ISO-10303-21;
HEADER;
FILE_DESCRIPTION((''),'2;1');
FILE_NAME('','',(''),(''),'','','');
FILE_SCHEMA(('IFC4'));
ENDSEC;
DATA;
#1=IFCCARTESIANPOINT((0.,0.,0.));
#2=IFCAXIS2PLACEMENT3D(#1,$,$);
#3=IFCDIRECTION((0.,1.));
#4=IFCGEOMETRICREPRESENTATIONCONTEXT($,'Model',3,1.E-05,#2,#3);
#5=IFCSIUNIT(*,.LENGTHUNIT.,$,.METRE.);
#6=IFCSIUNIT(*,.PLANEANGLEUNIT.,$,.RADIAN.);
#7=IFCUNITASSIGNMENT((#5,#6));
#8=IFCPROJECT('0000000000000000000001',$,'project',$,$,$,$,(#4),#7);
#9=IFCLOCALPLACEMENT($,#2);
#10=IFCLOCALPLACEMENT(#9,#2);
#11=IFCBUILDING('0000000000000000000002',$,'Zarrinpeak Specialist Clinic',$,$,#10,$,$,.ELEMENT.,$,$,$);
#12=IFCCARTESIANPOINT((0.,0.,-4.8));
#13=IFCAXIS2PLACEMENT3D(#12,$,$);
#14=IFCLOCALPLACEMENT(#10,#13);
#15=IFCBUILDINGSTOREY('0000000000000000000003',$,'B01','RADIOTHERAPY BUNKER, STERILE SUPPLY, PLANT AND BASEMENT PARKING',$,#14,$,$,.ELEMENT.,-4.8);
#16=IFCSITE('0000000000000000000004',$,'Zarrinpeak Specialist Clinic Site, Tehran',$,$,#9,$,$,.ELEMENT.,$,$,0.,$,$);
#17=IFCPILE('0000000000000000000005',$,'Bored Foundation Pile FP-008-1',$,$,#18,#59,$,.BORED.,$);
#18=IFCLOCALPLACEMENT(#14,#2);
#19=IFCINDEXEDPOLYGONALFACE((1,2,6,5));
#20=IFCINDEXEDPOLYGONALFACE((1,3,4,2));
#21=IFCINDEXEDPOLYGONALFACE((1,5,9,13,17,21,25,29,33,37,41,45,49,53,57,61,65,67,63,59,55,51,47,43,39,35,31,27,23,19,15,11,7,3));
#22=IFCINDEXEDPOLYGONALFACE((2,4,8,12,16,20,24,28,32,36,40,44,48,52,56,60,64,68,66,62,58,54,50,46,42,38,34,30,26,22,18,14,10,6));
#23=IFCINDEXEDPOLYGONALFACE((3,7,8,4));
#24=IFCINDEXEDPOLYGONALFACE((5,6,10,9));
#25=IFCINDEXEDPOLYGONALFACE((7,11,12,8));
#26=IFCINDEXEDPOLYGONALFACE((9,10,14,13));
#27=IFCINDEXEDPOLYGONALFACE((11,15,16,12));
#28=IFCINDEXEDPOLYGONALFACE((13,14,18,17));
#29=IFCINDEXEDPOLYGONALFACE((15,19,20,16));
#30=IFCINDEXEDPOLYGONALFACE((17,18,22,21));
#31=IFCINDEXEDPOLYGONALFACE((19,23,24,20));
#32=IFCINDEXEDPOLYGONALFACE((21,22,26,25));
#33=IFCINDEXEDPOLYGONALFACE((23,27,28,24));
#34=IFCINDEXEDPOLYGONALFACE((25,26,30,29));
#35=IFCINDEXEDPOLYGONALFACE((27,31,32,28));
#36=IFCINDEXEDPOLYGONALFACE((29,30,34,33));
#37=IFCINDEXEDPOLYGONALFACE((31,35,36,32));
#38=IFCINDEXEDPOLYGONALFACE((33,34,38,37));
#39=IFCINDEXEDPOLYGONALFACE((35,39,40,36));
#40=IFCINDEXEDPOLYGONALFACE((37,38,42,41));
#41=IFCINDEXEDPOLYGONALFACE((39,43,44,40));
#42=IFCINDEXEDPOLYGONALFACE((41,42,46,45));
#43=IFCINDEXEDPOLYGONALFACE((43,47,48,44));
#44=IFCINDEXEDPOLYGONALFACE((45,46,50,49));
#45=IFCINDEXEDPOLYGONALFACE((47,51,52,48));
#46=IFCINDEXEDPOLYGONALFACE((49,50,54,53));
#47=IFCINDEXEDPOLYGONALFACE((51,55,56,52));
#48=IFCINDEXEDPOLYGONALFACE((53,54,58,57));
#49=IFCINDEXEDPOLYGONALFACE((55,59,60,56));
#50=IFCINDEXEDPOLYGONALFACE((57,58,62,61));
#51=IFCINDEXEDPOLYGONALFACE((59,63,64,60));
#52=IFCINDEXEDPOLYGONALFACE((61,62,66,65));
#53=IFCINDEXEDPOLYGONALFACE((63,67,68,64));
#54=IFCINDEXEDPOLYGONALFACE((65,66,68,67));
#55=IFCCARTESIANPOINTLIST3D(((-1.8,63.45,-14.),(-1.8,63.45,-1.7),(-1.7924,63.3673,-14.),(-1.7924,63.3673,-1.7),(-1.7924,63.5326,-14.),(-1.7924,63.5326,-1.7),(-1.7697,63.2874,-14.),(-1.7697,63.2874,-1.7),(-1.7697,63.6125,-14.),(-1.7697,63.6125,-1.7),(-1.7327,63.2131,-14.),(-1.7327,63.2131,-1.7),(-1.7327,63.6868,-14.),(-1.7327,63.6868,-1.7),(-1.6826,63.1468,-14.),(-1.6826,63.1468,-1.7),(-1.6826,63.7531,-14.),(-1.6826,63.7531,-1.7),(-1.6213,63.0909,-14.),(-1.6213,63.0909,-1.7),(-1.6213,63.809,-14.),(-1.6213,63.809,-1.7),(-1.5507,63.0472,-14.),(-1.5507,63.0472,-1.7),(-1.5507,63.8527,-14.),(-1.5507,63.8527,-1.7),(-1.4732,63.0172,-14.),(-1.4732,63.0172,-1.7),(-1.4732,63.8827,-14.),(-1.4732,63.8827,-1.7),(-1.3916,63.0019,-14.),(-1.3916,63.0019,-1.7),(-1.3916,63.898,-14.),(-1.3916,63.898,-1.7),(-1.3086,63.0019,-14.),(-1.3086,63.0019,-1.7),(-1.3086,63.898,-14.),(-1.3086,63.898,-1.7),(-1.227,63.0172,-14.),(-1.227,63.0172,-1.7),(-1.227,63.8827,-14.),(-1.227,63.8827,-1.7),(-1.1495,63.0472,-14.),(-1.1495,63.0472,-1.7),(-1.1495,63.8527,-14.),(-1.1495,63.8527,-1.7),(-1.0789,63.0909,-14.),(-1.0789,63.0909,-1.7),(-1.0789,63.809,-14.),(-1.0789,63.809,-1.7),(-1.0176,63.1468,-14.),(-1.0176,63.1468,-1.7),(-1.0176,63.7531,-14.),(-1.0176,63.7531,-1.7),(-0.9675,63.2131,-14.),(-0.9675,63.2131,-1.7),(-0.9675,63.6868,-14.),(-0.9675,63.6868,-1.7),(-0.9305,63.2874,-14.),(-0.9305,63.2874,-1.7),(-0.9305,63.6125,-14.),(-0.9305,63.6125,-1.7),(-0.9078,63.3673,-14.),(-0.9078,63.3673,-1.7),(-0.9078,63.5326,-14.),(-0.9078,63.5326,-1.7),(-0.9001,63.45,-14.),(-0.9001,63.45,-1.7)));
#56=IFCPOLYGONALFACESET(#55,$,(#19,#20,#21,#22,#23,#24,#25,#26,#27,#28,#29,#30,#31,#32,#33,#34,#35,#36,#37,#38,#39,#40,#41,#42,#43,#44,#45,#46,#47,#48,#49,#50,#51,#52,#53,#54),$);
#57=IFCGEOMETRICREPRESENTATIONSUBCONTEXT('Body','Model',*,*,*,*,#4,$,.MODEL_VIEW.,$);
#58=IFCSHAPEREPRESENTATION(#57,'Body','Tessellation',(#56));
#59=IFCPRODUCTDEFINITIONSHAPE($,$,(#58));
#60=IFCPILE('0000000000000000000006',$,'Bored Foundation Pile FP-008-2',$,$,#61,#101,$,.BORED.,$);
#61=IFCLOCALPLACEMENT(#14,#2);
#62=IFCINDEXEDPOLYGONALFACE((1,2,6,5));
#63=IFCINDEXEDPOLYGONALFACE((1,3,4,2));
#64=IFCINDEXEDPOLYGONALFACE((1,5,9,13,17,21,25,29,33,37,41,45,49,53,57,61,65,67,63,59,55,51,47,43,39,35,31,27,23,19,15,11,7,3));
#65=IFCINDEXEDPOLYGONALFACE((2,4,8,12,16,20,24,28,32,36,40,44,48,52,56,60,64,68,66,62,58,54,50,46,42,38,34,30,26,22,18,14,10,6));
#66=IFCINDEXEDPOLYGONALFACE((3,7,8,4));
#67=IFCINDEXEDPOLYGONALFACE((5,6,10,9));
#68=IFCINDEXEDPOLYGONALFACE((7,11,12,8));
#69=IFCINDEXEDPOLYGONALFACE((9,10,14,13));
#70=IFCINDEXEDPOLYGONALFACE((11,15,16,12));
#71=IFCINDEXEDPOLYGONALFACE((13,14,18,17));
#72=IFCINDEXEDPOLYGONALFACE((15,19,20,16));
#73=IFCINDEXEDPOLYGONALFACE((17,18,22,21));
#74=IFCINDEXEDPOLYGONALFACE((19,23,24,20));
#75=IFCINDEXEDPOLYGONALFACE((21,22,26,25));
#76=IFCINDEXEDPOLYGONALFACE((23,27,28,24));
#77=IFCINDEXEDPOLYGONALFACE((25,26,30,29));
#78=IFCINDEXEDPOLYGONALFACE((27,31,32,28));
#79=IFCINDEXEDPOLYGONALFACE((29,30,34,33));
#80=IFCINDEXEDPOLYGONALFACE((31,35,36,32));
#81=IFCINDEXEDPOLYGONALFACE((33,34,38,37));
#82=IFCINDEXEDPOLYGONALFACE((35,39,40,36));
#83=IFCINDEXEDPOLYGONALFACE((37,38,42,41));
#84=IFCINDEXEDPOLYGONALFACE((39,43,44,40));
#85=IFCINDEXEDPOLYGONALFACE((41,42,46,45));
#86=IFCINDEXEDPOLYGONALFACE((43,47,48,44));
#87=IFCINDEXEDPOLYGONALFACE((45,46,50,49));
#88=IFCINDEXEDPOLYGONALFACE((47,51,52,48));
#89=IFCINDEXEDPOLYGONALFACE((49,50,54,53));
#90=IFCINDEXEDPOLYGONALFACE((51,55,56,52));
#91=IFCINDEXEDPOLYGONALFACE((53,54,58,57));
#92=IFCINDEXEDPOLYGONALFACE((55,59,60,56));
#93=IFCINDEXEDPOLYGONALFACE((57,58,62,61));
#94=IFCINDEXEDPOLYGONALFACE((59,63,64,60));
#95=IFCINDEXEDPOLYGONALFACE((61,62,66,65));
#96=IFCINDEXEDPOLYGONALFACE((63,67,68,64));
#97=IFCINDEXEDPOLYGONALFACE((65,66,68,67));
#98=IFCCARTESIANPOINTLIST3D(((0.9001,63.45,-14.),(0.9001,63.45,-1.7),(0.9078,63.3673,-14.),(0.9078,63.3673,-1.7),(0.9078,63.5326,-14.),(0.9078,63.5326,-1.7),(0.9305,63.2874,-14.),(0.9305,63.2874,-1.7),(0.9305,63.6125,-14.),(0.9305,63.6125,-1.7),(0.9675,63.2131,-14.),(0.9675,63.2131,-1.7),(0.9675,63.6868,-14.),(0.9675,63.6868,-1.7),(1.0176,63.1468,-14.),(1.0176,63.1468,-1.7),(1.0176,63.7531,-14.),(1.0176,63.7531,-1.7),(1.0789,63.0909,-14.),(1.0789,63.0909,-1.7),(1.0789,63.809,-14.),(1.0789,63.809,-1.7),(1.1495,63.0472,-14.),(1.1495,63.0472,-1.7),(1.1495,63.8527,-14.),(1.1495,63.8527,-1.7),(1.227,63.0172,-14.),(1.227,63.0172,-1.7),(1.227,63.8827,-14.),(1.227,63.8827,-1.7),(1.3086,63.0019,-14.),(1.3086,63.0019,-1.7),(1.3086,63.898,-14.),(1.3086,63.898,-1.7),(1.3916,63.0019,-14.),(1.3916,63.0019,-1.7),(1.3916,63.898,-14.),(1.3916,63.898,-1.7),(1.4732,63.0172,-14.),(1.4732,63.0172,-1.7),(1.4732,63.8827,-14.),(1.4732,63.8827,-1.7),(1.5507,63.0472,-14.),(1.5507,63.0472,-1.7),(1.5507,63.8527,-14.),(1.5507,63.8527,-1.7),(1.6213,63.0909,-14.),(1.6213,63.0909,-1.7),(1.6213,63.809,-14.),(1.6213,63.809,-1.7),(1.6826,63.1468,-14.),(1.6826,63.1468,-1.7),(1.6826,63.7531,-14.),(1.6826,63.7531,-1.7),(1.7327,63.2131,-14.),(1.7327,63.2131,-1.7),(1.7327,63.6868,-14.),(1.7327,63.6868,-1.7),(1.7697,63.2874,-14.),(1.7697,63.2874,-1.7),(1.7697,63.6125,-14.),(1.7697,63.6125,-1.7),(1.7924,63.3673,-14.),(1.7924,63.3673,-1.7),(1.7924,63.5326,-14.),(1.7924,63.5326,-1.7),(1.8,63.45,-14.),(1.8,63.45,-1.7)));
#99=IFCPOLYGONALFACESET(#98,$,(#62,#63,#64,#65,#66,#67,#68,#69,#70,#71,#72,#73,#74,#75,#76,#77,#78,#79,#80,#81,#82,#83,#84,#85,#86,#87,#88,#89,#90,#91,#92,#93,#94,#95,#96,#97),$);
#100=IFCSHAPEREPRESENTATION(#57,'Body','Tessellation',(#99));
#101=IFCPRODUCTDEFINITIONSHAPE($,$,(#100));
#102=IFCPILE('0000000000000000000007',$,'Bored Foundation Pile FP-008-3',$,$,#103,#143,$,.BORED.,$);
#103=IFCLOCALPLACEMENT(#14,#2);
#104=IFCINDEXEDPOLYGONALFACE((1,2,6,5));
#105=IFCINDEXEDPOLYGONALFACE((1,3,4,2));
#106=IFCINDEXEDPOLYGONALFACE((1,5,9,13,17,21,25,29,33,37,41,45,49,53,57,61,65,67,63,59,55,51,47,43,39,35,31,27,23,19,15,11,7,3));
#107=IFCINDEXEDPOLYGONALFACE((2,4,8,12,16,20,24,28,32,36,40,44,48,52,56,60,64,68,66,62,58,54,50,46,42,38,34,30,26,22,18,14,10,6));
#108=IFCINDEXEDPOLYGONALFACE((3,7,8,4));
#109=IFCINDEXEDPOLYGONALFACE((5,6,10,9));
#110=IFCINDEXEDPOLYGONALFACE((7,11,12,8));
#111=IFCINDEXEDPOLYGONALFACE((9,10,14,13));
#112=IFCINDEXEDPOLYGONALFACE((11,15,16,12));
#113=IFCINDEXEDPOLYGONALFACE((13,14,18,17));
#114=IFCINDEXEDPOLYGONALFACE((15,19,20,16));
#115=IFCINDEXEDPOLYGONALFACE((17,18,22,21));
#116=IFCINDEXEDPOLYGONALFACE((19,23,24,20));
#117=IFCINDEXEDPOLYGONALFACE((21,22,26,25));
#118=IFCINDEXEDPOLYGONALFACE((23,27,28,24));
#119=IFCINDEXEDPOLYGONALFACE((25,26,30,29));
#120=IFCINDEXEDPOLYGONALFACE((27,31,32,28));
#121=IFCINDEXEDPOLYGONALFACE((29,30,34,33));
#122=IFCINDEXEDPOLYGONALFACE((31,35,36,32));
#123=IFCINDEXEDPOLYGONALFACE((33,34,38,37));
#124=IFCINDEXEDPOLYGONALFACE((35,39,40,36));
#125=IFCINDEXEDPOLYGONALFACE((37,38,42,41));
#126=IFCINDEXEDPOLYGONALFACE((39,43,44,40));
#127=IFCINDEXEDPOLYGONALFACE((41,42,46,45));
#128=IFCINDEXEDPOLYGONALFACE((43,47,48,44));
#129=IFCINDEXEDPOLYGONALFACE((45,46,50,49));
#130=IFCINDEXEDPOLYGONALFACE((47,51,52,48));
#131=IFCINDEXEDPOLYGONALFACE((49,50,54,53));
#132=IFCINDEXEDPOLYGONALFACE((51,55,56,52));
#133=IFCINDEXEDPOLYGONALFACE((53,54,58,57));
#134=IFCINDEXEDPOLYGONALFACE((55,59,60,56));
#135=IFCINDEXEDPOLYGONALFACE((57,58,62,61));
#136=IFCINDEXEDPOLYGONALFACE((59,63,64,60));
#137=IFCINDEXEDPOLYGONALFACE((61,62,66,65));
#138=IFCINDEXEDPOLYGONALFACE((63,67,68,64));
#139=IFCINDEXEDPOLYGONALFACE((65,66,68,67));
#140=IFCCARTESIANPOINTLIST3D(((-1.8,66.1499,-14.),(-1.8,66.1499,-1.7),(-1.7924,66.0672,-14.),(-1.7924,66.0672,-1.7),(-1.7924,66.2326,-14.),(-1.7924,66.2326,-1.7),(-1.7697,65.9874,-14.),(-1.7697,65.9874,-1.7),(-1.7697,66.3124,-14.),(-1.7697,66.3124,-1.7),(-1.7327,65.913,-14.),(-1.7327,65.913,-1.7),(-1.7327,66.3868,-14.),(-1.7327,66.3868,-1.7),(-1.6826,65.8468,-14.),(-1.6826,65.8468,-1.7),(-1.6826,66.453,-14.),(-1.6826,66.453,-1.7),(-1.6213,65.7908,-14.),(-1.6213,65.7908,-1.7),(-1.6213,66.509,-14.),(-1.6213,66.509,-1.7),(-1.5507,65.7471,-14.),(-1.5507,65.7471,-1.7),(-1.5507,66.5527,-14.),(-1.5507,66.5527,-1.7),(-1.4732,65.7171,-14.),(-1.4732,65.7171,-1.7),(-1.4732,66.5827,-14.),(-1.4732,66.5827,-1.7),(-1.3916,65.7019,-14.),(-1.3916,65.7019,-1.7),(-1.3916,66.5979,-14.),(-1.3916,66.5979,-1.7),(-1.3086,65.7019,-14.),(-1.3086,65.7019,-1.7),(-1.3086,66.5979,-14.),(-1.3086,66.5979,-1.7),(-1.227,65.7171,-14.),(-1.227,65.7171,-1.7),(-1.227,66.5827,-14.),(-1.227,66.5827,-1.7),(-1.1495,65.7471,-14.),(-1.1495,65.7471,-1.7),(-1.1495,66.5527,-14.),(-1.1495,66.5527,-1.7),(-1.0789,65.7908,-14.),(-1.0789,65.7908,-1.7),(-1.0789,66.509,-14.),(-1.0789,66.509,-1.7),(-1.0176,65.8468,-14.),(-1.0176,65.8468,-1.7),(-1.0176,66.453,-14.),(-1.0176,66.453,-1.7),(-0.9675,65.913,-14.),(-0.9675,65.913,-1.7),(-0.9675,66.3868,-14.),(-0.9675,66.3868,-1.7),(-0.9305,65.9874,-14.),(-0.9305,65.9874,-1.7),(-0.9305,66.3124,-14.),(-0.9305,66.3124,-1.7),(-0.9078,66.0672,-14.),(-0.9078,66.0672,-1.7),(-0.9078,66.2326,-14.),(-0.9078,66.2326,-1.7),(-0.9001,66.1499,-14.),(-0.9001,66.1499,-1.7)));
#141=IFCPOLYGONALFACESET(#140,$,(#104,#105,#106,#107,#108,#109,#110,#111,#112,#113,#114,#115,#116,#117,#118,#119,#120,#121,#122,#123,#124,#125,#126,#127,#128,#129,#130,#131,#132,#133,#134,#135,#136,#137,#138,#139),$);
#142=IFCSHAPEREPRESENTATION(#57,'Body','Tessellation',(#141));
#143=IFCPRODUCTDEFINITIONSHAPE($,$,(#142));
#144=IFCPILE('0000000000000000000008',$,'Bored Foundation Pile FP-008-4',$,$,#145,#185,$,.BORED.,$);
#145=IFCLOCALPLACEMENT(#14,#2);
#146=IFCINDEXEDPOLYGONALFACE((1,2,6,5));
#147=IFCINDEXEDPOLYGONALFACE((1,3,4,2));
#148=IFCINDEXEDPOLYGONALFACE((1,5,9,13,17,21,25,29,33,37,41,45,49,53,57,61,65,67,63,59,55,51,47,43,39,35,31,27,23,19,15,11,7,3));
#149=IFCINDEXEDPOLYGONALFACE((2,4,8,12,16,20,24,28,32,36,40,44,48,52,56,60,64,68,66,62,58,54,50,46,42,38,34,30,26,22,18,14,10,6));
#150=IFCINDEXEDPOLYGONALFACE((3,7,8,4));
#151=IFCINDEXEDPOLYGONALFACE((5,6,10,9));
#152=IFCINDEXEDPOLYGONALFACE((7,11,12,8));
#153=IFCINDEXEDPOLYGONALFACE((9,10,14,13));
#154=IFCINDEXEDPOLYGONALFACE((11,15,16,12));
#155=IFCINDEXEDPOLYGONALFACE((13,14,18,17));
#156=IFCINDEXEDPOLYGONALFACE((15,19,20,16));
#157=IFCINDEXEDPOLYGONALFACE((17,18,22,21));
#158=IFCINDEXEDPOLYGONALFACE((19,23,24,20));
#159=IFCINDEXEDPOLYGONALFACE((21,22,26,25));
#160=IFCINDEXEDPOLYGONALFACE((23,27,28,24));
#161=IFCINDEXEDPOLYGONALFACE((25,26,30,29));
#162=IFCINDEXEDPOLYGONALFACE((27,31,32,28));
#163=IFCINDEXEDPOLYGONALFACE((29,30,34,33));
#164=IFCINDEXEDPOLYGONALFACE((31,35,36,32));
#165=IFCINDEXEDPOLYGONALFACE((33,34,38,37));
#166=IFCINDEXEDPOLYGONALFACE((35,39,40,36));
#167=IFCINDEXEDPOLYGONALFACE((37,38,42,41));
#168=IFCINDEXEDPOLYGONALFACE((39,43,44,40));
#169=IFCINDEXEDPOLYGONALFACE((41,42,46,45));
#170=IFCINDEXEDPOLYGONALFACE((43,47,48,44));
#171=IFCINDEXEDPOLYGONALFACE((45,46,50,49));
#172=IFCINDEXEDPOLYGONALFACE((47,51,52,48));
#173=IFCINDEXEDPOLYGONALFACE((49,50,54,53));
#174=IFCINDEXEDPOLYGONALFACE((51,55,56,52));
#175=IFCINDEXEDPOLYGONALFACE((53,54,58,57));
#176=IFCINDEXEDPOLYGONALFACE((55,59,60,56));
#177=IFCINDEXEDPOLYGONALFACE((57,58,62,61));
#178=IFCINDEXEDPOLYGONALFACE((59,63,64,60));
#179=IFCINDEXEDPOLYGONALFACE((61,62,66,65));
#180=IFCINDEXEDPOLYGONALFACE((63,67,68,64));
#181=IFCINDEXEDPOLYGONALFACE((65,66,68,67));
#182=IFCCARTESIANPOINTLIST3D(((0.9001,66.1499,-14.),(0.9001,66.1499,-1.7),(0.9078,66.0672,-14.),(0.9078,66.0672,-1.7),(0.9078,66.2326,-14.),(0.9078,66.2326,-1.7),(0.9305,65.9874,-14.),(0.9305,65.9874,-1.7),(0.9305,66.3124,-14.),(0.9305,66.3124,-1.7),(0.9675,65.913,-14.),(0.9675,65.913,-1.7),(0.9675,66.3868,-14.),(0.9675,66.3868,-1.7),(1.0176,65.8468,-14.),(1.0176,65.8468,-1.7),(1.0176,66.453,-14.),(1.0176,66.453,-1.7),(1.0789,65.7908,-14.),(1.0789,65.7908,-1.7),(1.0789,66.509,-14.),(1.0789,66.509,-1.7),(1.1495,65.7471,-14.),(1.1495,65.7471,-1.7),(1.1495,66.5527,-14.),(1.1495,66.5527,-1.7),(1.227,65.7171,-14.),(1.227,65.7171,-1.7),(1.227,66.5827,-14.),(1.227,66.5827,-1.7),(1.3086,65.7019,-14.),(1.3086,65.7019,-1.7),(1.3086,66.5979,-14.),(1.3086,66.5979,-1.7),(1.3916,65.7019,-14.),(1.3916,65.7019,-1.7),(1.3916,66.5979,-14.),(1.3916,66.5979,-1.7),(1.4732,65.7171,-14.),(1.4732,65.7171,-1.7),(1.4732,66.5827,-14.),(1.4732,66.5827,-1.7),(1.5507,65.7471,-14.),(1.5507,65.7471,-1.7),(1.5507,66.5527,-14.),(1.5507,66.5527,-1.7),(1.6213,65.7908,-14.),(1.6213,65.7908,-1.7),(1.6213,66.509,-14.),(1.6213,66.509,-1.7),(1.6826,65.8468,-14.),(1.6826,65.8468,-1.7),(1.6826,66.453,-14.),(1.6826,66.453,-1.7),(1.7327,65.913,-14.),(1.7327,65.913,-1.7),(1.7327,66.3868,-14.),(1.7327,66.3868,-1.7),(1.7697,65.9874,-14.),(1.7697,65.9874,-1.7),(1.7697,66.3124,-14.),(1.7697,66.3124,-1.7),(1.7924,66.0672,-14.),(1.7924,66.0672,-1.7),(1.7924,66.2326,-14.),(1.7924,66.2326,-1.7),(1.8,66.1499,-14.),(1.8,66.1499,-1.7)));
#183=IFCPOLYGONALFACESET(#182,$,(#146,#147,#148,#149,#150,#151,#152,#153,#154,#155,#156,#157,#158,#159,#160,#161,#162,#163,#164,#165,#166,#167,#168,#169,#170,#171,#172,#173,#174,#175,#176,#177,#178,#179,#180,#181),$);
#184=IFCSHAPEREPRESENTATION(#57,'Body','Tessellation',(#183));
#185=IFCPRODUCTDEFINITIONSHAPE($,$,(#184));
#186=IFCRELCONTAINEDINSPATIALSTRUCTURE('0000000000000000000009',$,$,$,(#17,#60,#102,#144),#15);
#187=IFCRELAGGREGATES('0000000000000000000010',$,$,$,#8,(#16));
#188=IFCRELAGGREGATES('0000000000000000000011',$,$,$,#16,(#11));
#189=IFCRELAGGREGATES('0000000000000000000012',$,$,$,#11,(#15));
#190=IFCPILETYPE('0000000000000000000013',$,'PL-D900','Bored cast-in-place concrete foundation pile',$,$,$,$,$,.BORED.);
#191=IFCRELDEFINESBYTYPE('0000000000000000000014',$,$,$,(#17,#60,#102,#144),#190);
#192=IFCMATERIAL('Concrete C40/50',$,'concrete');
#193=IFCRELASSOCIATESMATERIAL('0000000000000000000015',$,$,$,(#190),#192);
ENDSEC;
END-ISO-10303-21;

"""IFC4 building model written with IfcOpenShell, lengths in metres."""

from ifc_helpers import new_model, si_unit, direction, frame, origin, origin_2d, place, context, subcontext, project, spatial, circle, extrude, material, material_profile, profile_set, type_object, element, save


model = new_model("IFC4")

# Units and contexts
model_context = context("Model", 3, precision=1e-05, world=origin(), true_north=direction((0.0, 1.0)))
body_context = subcontext(model_context, "Body", "Model", "MODEL_VIEW")
ifc_project = project(units=[si_unit("LENGTHUNIT", "METRE"), si_unit("PLANEANGLEUNIT", "RADIAN")], contexts=[model_context])

# Site, building, storey
site_placement = place(None, origin())
site = spatial("IfcSite", under=ifc_project, at=site_placement, Name="Zarrinpeak Specialist Clinic Site, Tehran", CompositionType="ELEMENT", RefElevation=0.0)
building_placement = place(site_placement, origin())
building = spatial("IfcBuilding", under=site, at=building_placement, Name="Zarrinpeak Specialist Clinic", CompositionType="ELEMENT")
storey_placement = place(building_placement, frame((0.0, 0.0, -4.8)))
storey = spatial("IfcBuildingStorey", under=building, at=storey_placement, Name="B01", Description="RADIOTHERAPY BUNKER, STERILE SUPPLY, PLANT AND BASEMENT PARKING", CompositionType="ELEMENT", Elevation=-4.8)

# Shared definitions
ifc_material_1 = material(Name="Concrete C40/50", Category="concrete")

# Piles
ifc_material_profile_1 = material_profile(ifc_material_1, circle(Radius=0.45, at=origin_2d()), Name="BORED PILE D900")
ifc_profile_set_1 = profile_set([ifc_material_profile_1], Name="Concrete C40/50")
pile_type = type_object("IfcPileType", Name="PL-D900", Description="Bored cast-in-place concrete foundation pile", PredefinedType="BORED", material=ifc_profile_set_1)
for number, where, z_axis, x_axis, name in (
    (1, (-1.3501, 63.45, -1.7), (0.0, 0.0, -1.0), (1.0, 0.0, 0.0), "Bored Foundation Pile FP-008-1"),
    (2, (1.3501, 63.45, -1.7), (0.0, 0.0, -1.0), (1.0, 0.0, 0.0), "Bored Foundation Pile FP-008-2"),
    (3, (-1.3501, 66.1499, -1.7), (0.0, 0.0, -1.0), (1.0, 0.0, 0.0), "Bored Foundation Pile FP-008-3"),
    (4, (1.3501, 66.1499, -1.7), (0.0, 0.0, -1.0), (1.0, 0.0, 0.0), "Bored Foundation Pile FP-008-4"),
):
    element("IfcPile", number, at=place(storey_placement, frame(where, z_axis=z_axis, x_axis=x_axis)), inside=storey, type_object=pile_type, Name=name, PredefinedType="BORED", context=body_context, shape_type="SweptSolid", body=[
        extrude(circle(Radius=0.45, at=origin_2d()), origin(), (0.0, 0.0, 1.0), 12.3),
    ])

save(model, "model.ifc")
